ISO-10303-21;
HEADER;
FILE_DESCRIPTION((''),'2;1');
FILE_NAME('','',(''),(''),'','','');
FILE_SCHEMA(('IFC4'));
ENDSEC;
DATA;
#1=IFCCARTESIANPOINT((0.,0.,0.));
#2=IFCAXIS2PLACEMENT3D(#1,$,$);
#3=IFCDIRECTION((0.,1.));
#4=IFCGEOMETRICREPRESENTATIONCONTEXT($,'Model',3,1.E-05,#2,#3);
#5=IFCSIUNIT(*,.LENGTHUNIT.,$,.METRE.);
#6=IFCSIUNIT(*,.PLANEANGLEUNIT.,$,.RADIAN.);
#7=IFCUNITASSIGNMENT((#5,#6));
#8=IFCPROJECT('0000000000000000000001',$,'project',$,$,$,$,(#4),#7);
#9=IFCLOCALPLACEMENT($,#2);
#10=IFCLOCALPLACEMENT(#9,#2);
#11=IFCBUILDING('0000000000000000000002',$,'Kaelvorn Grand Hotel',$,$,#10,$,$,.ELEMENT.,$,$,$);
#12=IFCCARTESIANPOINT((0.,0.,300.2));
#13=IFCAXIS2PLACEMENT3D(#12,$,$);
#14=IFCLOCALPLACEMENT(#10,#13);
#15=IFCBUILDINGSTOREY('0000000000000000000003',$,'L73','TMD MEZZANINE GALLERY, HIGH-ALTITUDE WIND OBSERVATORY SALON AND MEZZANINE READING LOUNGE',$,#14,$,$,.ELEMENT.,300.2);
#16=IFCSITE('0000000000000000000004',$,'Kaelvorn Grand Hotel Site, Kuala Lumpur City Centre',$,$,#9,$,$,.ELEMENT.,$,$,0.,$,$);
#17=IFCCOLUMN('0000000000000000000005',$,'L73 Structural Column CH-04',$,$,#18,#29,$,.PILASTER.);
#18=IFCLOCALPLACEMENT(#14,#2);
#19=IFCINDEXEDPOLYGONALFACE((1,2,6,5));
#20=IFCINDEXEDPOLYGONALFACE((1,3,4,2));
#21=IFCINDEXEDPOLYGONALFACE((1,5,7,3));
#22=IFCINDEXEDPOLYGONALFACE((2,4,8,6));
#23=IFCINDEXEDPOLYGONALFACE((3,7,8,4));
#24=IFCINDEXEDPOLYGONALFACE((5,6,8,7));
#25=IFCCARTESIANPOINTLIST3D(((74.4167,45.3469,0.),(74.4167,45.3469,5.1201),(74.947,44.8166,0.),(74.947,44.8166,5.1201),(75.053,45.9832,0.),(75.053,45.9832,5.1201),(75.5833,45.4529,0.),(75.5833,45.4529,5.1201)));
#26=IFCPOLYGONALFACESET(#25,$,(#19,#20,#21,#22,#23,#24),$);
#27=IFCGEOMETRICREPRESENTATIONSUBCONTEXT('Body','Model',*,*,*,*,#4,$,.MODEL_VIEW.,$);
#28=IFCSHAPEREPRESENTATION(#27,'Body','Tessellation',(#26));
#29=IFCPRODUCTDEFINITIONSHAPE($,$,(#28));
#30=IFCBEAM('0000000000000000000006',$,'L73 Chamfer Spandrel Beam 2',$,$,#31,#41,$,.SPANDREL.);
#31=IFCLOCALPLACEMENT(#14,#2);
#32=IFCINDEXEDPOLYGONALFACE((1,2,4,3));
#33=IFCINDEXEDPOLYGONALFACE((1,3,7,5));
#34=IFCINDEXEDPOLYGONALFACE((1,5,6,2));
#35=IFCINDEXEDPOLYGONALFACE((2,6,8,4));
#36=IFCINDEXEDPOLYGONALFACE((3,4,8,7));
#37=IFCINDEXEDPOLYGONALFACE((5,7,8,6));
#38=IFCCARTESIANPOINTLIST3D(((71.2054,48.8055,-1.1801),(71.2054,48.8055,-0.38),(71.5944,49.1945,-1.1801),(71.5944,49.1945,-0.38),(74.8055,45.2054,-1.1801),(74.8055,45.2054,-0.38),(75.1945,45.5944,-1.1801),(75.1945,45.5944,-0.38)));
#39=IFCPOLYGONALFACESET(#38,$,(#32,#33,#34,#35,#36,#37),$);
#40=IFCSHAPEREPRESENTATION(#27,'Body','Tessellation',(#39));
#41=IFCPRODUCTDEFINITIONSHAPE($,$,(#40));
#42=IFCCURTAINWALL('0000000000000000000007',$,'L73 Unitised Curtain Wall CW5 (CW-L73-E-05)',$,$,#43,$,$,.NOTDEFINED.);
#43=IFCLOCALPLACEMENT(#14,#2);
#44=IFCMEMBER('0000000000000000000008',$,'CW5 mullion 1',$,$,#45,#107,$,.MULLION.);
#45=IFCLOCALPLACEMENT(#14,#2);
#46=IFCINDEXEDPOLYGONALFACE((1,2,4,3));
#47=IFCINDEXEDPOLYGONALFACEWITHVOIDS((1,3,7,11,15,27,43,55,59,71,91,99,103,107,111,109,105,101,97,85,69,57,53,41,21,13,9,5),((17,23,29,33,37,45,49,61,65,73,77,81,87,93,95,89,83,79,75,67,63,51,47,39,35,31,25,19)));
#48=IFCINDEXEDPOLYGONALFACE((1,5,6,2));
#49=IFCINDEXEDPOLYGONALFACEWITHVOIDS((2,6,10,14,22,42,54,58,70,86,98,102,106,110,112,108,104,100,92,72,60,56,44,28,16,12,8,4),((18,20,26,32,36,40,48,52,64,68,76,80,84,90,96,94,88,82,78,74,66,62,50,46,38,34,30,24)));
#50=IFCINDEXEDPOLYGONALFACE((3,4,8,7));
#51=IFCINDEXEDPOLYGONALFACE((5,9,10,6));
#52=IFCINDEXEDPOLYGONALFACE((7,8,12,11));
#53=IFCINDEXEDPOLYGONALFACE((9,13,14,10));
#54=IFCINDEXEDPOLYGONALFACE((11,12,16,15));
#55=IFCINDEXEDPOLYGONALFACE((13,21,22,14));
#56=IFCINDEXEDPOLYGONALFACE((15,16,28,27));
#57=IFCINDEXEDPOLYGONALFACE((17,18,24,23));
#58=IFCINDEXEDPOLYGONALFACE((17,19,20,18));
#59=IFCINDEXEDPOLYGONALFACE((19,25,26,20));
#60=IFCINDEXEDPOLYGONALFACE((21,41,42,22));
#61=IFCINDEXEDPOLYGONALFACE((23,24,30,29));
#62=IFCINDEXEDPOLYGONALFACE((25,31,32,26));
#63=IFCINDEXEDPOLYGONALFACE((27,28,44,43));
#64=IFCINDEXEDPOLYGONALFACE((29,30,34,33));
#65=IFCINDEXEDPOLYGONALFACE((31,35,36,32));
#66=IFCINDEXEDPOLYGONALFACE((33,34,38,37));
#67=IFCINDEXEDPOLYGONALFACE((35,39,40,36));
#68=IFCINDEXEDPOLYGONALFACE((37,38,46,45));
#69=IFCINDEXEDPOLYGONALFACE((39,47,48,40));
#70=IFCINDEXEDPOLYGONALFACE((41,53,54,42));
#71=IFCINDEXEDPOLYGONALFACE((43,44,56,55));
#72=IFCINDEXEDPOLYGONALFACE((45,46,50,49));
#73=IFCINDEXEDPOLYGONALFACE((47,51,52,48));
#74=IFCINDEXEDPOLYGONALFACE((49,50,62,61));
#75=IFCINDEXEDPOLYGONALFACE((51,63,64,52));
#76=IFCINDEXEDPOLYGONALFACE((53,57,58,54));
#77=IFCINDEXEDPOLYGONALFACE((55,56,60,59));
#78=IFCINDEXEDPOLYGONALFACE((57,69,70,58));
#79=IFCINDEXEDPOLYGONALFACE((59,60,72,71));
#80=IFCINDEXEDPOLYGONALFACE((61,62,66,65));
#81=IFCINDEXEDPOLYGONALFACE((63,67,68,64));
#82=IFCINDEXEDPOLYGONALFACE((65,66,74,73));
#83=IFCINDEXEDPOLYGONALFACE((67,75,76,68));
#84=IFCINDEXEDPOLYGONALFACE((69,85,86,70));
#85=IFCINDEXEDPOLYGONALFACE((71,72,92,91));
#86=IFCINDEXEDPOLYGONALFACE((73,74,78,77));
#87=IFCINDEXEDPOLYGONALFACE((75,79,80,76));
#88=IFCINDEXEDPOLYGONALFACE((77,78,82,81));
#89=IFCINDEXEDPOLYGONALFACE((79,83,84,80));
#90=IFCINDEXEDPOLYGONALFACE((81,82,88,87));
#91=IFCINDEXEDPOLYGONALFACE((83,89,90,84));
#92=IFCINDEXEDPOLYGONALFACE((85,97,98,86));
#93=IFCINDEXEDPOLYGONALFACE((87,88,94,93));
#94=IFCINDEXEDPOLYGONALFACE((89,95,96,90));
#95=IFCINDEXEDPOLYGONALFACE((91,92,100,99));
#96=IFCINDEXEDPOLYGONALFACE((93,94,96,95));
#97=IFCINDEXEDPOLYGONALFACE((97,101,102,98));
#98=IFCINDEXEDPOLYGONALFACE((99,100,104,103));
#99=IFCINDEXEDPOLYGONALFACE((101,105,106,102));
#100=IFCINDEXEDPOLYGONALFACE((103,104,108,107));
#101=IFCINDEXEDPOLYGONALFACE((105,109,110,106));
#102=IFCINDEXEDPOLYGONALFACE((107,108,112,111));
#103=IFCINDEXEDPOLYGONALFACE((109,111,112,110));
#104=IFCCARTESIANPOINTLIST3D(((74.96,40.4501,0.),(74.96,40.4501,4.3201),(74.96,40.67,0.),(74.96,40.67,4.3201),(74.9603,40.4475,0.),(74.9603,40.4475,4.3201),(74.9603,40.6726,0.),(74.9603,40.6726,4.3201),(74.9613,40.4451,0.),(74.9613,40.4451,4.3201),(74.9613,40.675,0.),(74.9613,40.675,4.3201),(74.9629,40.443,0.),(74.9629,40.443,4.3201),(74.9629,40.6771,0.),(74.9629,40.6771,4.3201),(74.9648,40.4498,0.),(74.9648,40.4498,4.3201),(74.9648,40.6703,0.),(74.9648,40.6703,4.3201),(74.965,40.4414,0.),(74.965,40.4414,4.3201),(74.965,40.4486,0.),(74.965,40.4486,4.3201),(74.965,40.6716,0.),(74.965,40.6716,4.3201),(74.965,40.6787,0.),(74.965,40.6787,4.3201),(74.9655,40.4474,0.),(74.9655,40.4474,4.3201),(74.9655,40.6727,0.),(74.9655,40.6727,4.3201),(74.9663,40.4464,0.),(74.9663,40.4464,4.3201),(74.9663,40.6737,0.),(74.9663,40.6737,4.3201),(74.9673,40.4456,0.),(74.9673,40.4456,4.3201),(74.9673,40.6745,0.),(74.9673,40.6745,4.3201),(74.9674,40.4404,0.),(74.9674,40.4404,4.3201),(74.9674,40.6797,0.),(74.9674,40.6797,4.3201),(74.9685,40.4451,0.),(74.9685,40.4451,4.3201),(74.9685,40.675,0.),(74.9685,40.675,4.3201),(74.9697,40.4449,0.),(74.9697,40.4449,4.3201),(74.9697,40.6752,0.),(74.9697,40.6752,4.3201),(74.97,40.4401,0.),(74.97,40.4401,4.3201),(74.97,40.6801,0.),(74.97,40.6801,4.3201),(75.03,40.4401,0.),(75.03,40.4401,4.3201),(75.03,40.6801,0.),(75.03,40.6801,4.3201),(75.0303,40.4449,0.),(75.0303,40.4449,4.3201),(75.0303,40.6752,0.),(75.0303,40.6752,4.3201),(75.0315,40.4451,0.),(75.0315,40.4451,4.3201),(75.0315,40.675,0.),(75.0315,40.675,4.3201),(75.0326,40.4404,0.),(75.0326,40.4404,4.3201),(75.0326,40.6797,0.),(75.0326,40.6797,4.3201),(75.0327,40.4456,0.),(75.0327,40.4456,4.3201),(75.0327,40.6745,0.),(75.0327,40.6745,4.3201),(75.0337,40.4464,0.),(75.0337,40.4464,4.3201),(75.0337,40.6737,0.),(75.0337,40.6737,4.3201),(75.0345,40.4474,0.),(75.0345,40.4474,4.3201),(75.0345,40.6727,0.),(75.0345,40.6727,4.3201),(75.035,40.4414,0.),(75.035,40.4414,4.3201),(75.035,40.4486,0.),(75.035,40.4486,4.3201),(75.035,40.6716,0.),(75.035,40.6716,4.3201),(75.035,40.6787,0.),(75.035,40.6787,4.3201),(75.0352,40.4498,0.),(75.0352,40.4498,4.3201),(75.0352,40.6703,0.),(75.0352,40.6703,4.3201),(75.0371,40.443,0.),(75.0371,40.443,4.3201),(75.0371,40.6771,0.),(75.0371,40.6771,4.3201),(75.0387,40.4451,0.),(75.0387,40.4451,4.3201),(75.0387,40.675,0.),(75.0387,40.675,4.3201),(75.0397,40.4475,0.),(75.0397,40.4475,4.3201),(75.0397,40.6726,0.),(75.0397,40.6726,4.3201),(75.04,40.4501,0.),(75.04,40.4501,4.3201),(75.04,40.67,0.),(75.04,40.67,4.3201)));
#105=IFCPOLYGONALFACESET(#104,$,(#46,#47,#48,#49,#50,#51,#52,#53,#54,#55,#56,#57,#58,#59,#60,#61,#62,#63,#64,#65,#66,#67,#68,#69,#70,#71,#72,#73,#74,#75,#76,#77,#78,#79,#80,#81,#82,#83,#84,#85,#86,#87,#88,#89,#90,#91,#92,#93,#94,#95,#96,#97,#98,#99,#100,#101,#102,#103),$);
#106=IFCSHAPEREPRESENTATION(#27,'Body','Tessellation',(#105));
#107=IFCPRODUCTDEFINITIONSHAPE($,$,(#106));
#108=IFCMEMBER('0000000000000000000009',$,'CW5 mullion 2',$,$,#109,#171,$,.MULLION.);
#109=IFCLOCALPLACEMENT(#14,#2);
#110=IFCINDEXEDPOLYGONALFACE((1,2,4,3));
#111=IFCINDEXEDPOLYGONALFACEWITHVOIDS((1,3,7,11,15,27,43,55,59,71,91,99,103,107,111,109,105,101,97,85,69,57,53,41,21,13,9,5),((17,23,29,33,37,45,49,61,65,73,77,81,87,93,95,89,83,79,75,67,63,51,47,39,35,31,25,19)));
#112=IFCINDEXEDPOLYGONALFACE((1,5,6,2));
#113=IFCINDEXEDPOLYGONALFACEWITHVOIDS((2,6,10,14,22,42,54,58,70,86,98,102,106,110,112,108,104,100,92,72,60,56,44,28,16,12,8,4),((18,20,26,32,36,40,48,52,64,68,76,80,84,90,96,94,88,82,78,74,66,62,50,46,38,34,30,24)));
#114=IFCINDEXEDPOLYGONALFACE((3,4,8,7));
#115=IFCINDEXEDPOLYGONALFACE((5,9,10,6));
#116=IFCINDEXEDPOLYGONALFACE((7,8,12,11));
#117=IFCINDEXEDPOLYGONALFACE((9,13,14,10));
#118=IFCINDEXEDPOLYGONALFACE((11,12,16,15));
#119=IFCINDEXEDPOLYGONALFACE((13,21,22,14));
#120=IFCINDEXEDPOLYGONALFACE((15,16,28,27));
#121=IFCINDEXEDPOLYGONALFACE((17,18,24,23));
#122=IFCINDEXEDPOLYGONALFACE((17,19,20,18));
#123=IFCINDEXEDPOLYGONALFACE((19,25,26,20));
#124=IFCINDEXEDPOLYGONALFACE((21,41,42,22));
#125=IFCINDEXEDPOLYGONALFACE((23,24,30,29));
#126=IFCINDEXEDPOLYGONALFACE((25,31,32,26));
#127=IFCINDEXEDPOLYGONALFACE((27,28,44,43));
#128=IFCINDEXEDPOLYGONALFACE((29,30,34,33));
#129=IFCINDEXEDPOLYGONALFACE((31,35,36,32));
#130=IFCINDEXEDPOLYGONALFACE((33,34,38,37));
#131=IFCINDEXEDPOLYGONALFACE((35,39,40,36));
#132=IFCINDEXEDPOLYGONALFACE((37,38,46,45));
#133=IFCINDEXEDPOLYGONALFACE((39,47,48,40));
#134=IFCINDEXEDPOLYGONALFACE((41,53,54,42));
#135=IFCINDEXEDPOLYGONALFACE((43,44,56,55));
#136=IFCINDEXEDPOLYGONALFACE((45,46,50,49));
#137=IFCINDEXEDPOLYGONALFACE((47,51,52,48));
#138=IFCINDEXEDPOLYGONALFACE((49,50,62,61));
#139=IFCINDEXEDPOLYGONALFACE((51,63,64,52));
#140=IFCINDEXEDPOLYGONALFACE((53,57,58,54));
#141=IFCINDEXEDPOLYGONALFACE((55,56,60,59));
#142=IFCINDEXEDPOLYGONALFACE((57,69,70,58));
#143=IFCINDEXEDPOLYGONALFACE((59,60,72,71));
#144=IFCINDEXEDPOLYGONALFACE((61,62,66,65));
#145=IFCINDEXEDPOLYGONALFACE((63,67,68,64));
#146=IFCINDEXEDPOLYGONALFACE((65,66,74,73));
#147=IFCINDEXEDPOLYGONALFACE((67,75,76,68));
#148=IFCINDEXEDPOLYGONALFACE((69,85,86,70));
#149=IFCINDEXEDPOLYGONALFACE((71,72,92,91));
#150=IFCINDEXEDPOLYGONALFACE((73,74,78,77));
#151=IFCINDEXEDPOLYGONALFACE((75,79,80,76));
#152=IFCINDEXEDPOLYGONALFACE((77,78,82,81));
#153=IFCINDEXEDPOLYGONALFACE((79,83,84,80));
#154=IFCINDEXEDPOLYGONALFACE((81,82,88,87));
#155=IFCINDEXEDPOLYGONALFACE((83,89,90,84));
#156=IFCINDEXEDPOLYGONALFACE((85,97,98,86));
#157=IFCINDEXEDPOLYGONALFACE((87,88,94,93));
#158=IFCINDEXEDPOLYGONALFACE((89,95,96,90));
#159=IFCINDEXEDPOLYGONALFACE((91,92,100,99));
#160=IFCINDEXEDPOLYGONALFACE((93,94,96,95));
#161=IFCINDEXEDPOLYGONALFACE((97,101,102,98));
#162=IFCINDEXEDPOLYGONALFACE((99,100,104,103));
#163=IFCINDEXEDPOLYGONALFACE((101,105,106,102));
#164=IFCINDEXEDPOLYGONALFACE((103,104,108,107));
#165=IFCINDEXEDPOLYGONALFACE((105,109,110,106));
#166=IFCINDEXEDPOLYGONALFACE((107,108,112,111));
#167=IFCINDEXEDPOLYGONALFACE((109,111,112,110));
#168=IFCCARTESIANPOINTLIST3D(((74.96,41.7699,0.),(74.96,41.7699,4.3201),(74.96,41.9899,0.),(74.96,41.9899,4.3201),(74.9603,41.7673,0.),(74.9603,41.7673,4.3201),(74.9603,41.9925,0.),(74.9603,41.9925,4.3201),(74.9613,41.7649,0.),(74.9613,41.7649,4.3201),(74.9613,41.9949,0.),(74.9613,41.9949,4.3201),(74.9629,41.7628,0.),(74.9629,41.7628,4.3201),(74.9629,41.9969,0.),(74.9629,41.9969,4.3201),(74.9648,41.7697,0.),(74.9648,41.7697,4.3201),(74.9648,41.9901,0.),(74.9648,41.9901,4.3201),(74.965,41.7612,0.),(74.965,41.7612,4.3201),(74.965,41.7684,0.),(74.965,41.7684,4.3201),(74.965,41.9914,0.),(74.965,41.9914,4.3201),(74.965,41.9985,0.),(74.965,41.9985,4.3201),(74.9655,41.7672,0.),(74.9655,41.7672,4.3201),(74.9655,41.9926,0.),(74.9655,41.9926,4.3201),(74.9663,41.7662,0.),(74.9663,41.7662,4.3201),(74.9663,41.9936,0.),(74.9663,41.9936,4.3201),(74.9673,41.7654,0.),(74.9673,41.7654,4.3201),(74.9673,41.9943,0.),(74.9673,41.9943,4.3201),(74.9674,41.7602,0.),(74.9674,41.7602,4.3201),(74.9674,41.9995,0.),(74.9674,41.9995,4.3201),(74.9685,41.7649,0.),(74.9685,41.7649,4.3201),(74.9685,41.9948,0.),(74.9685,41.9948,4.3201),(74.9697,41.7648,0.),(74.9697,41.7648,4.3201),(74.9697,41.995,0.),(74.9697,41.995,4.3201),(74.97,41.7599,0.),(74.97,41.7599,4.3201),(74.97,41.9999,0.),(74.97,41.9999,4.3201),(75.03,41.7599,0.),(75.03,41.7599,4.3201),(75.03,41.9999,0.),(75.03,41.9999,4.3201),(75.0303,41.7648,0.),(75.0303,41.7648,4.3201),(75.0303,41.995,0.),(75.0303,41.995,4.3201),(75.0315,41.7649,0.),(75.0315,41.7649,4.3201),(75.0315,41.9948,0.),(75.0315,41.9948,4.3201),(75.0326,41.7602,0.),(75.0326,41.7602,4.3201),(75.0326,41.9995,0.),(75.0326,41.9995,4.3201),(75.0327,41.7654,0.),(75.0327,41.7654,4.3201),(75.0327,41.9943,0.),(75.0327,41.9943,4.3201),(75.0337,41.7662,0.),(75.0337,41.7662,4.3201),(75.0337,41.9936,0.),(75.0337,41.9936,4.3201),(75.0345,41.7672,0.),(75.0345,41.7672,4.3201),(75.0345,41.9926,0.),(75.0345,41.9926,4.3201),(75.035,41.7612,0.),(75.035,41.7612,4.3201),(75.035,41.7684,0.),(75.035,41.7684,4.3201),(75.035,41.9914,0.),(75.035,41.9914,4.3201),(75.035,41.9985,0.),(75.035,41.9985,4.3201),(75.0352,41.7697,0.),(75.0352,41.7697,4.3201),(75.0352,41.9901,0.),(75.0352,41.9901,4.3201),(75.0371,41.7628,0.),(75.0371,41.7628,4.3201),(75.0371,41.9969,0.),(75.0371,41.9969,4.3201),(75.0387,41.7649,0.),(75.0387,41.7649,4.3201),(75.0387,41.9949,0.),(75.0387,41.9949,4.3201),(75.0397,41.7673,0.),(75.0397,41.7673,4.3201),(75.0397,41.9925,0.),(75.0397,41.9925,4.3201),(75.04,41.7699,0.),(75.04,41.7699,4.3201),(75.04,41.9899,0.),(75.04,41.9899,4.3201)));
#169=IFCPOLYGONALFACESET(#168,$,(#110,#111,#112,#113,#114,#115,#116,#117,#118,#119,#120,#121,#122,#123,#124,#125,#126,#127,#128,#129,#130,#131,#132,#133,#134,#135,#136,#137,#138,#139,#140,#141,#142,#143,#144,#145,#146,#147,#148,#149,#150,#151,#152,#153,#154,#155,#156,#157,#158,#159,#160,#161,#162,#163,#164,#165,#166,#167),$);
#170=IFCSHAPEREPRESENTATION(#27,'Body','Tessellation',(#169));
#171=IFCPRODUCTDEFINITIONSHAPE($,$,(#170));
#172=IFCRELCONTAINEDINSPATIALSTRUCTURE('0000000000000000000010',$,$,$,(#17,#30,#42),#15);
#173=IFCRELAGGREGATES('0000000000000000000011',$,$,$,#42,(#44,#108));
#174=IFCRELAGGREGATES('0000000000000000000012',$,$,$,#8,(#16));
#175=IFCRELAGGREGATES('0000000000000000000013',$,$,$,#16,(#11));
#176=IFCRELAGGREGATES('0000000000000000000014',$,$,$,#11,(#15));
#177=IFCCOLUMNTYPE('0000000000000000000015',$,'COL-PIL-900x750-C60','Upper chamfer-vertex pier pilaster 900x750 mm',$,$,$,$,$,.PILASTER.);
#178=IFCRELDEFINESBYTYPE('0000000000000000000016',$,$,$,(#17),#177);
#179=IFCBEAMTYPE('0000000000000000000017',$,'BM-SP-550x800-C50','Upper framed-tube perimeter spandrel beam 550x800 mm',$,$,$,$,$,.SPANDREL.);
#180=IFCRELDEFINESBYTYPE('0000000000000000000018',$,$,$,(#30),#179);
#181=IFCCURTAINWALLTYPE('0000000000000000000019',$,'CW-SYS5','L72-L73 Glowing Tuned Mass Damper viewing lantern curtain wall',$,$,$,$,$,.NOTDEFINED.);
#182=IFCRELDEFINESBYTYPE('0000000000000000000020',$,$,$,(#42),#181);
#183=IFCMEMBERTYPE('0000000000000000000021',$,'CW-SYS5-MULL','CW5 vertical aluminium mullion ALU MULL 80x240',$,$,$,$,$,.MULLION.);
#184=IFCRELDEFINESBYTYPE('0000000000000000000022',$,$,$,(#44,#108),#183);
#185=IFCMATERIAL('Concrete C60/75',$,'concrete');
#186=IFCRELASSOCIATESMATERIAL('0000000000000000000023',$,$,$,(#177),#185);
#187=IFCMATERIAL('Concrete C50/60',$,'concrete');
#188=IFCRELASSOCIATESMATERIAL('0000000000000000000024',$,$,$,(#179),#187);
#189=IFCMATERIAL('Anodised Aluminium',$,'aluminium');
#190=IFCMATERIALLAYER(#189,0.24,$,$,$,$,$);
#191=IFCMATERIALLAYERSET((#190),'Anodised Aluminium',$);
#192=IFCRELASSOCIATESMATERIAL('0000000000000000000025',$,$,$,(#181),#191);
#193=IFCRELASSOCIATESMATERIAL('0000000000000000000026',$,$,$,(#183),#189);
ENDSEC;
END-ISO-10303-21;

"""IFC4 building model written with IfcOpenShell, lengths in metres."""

from ifc_helpers import new_model, si_unit, direction, frame, origin, origin_2d, place, context, subcontext, project, spatial, rectangle, hollow_rectangle, extrude, material, layer, layer_set, material_profile, profile_set, type_object, element, aggregate, save


model = new_model("IFC4")

# Units and contexts
model_context = context("Model", 3, precision=1e-05, world=origin(), true_north=direction((0.0, 1.0)))
body_context = subcontext(model_context, "Body", "Model", "MODEL_VIEW")
ifc_project = project(units=[si_unit("LENGTHUNIT", "METRE"), si_unit("PLANEANGLEUNIT", "RADIAN")], contexts=[model_context])

# Site, building, storey
site_placement = place(None, origin())
site = spatial("IfcSite", under=ifc_project, at=site_placement, Name="Kaelvorn Grand Hotel Site, Kuala Lumpur City Centre", CompositionType="ELEMENT", RefElevation=0.0)
building_placement = place(site_placement, origin())
building = spatial("IfcBuilding", under=site, at=building_placement, Name="Kaelvorn Grand Hotel", CompositionType="ELEMENT")
storey_placement = place(building_placement, frame((0.0, 0.0, 300.2)))
storey = spatial("IfcBuildingStorey", under=building, at=storey_placement, Name="L73", Description="TMD MEZZANINE GALLERY, HIGH-ALTITUDE WIND OBSERVATORY SALON AND MEZZANINE READING LOUNGE", CompositionType="ELEMENT", Elevation=300.2)

# Column
ifc_material_1 = material(Name="Concrete C60/75", Category="concrete")
ifc_material_profile_1 = material_profile(ifc_material_1, rectangle(XDim=0.8999, YDim=0.75, at=origin_2d()), Name="RC PILASTER 900x750")
ifc_profile_set_1 = profile_set([ifc_material_profile_1], Name="Concrete C60/75")
column_type = type_object("IfcColumnType", Name="COL-PIL-900x750-C60", Description="Upper chamfer-vertex pier pilaster 900x750 mm", PredefinedType="PILASTER", material=ifc_profile_set_1)
column_placement = place(storey_placement, frame((75.0, 45.3999, 0.0), z_axis=(0.0, 0.0, 1.0), x_axis=(0.707107, 0.707107, 0.0)))
element("IfcColumn", 1, at=column_placement, inside=storey, type_object=column_type, Name="L73 Structural Column CH-04", PredefinedType="PILASTER", context=body_context, shape_type="SweptSolid", body=[
    extrude(rectangle(XDim=0.8999, YDim=0.75, at=origin_2d()), origin(), (0.0, 0.0, 1.0), 5.1201),
])

# Beam
ifc_material_2 = material(Name="Concrete C50/60", Category="concrete")
ifc_material_profile_2 = material_profile(ifc_material_2, rectangle(XDim=0.55, YDim=0.8, at=origin_2d()), Name="RC SPANDREL 550x800")
ifc_profile_set_2 = profile_set([ifc_material_profile_2], Name="Concrete C50/60")
beam_type = type_object("IfcBeamType", Name="BM-SP-550x800-C50", Description="Upper framed-tube perimeter spandrel beam 550x800 mm", PredefinedType="SPANDREL", material=ifc_profile_set_2)
beam_placement = place(storey_placement, frame((75.0, 45.3999, -0.78), z_axis=(-0.707107, 0.707107, 0.0), x_axis=(-0.707107, -0.707107, 0.0)))
element("IfcBeam", 2, at=beam_placement, inside=storey, type_object=beam_type, Name="L73 Chamfer Spandrel Beam 2", PredefinedType="SPANDREL", context=body_context, shape_type="SweptSolid", body=[
    extrude(rectangle(XDim=0.55, YDim=0.8, at=origin_2d()), origin(), (0.0, 0.0, 1.0), 5.0913),
])

# Curtain wall, members
ifc_material_3 = material(Name="Anodised Aluminium", Category="aluminium")
ifc_layer_1 = layer(ifc_material_3, 0.24)
ifc_layer_set_1 = layer_set([ifc_layer_1], Name="Anodised Aluminium")
curtain_wall_type = type_object("IfcCurtainWallType", Name="CW-SYS5", Description="L72-L73 Glowing Tuned Mass Damper viewing lantern curtain wall", PredefinedType="NOTDEFINED", material=ifc_layer_set_1)
curtain_wall_placement = place(storey_placement, origin())
curtain_wall = element("IfcCurtainWall", 3, at=curtain_wall_placement, inside=storey, type_object=curtain_wall_type, Name="L73 Unitised Curtain Wall CW5 (CW-L73-E-05)", PredefinedType="NOTDEFINED")
ifc_material_profile_3 = material_profile(ifc_material_3, hollow_rectangle(XDim=0.0801, YDim=0.24, WallThickness=0.0049, InnerFilletRadius=0.0049, OuterFilletRadius=0.01, at=origin_2d()), Name="ALU MULL 80x240")
ifc_profile_set_3 = profile_set([ifc_material_profile_3], Name="Anodised Aluminium")
member_type_1 = type_object("IfcMemberType", Name="CW-SYS5-MULL", Description="CW5 vertical aluminium mullion ALU MULL 80x240", PredefinedType="MULLION", material=ifc_profile_set_3)
member_1_placement = place(storey_placement, frame((75.0, 40.5601, 0.0), z_axis=(0.0, 0.0, 1.0), x_axis=(-1.0, 0.0, 0.0)))
member_1 = element("IfcMember", 4, at=member_1_placement, type_object=member_type_1, Name="CW5 mullion 1", PredefinedType="MULLION", context=body_context, shape_type="SweptSolid", body=[
    extrude(hollow_rectangle(XDim=0.0801, YDim=0.24, WallThickness=0.0049, InnerFilletRadius=0.0049, OuterFilletRadius=0.01, at=origin_2d()), origin(), (0.0, 0.0, 1.0), 4.3201),
])
member_2_placement = place(storey_placement, frame((75.0, 41.8799, 0.0), z_axis=(0.0, 0.0, 1.0), x_axis=(-1.0, 0.0, 0.0)))
member_2 = element("IfcMember", 5, at=member_2_placement, type_object=member_type_1, Name="CW5 mullion 2", PredefinedType="MULLION", context=body_context, shape_type="SweptSolid", body=[
    extrude(hollow_rectangle(XDim=0.0801, YDim=0.24, WallThickness=0.0049, InnerFilletRadius=0.0049, OuterFilletRadius=0.01, at=origin_2d()), origin(), (0.0, 0.0, 1.0), 4.3201),
])
aggregate(curtain_wall, [member_1, member_2])

save(model, "model.ifc")
